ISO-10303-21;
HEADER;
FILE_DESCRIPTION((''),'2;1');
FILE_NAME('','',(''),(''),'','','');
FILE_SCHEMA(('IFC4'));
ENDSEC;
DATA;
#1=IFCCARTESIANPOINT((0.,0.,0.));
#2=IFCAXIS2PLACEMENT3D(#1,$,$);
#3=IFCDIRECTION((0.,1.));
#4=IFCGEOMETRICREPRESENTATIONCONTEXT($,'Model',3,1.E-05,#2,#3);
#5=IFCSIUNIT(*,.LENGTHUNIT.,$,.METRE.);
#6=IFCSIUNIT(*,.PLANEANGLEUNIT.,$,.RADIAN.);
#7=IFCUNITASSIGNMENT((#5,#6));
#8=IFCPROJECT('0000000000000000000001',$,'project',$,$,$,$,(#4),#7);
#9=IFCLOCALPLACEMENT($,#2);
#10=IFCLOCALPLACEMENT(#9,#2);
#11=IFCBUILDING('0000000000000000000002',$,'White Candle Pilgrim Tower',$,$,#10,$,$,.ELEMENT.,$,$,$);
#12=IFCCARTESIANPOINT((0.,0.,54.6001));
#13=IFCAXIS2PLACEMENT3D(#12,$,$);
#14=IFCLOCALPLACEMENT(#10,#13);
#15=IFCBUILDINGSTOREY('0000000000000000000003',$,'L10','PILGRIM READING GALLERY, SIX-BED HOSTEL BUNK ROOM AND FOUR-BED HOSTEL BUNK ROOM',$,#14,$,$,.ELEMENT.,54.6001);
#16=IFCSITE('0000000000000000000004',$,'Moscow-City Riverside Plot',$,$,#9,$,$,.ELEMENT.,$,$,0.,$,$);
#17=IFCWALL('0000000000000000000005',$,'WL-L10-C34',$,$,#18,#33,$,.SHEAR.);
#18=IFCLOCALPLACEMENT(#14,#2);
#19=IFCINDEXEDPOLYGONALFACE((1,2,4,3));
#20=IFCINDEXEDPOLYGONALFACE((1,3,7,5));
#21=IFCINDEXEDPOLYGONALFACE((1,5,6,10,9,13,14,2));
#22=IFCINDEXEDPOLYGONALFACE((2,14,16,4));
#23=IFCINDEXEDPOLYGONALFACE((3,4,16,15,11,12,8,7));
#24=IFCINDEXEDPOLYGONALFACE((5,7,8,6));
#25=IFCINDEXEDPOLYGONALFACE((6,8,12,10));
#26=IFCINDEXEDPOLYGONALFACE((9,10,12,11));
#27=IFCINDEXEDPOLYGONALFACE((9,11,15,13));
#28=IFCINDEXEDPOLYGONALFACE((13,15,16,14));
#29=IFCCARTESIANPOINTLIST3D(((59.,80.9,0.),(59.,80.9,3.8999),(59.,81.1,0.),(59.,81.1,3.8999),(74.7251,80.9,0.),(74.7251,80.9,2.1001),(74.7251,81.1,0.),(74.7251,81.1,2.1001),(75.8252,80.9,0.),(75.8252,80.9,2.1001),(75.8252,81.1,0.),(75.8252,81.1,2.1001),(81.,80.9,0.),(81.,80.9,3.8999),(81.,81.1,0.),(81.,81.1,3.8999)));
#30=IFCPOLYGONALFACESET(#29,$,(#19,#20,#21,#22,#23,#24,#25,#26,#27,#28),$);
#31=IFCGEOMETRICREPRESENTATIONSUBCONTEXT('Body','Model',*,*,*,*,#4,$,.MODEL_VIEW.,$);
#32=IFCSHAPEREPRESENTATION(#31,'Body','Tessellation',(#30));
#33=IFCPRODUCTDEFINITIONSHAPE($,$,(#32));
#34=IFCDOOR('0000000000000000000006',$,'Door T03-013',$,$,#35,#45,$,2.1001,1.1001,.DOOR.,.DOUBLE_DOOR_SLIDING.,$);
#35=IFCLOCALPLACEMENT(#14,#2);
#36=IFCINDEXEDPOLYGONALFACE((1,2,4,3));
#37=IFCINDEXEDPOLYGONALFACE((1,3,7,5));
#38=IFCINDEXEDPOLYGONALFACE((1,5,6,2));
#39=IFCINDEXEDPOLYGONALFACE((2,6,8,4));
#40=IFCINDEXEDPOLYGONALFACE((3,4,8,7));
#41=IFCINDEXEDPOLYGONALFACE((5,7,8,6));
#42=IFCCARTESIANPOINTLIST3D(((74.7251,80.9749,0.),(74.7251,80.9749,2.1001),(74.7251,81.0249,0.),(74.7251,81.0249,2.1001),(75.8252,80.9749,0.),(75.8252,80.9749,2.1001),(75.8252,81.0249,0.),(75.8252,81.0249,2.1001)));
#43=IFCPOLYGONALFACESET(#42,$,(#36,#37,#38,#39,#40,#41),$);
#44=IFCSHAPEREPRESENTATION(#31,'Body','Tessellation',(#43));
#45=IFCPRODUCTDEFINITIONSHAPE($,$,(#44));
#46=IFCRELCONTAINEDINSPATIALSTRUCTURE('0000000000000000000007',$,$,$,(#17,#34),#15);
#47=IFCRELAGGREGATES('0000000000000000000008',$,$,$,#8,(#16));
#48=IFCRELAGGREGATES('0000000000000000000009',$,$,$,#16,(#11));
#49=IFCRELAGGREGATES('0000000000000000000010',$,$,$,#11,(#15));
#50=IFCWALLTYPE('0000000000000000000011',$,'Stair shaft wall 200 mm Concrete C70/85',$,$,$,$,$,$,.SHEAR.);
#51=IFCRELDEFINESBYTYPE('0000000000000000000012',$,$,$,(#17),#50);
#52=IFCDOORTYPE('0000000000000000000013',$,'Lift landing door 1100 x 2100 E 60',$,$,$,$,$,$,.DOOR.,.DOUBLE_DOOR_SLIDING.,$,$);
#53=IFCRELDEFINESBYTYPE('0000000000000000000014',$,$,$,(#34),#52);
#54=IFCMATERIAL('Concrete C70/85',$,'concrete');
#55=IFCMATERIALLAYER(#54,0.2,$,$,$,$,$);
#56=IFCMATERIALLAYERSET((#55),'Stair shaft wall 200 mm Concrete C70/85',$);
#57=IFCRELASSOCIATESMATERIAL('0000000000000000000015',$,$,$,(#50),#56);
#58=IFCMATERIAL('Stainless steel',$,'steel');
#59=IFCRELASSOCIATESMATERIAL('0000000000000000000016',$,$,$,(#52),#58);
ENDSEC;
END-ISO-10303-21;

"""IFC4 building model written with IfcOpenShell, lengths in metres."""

from ifc_helpers import new_model, si_unit, direction, frame, frame_2d, origin, place, context, subcontext, project, spatial, rectangle, extrude, material, layer, layer_set, type_object, element, fill, save


model = new_model("IFC4")

# Units and contexts
model_context = context("Model", 3, precision=1e-05, world=origin(), true_north=direction((0.0, 1.0)))
body_context = subcontext(model_context, "Body", "Model", "MODEL_VIEW")
ifc_project = project(units=[si_unit("LENGTHUNIT", "METRE"), si_unit("PLANEANGLEUNIT", "RADIAN")], contexts=[model_context])

# Site, building, storey
site_placement = place(None, origin())
site = spatial("IfcSite", under=ifc_project, at=site_placement, Name="Moscow-City Riverside Plot", CompositionType="ELEMENT", RefElevation=0.0)
building_placement = place(site_placement, origin())
building = spatial("IfcBuilding", under=site, at=building_placement, Name="White Candle Pilgrim Tower", CompositionType="ELEMENT")
storey_placement = place(building_placement, frame((0.0, 0.0, 54.6001)))
storey = spatial("IfcBuildingStorey", under=building, at=storey_placement, Name="L10", Description="PILGRIM READING GALLERY, SIX-BED HOSTEL BUNK ROOM AND FOUR-BED HOSTEL BUNK ROOM", CompositionType="ELEMENT", Elevation=54.6001)

# Shared definitions
ifc_material_1 = material(Name="Concrete C70/85", Category="concrete")

# Wall, opening, door
ifc_layer_1 = layer(ifc_material_1, 0.2)
ifc_layer_set_1 = layer_set([ifc_layer_1], Name="Stair shaft wall 200 mm Concrete C70/85")
wall_type_1 = type_object("IfcWallType", Name="Stair shaft wall 200 mm Concrete C70/85", PredefinedType="SHEAR", material=ifc_layer_set_1)
wall_1_placement = place(storey_placement, frame((59.0, 81.0, 0.0), z_axis=(0.0, 0.0, 1.0), x_axis=(1.0, 0.0, 0.0)))
wall_1 = element("IfcWall", 1, at=wall_1_placement, inside=storey, type_object=wall_type_1, Name="WL-L10-C34", PredefinedType="SHEAR", context=body_context, shape_type="SweptSolid", body=[
    extrude(rectangle(XDim=22.0, YDim=0.2, at=frame_2d((11.0, 0.0))), origin(), (0.0, 0.0, 1.0), 3.8999),
])
opening_placement = place(wall_1_placement, frame((15.7251, 0.0, 0.0)))
opening = element("IfcOpeningElement", 2, at=opening_placement, cuts=wall_1, PredefinedType="OPENING", context=body_context, shape_type="SweptSolid", body=[
    extrude(rectangle(XDim=1.1001, YDim=2.1001, at=frame_2d((0.55, 1.05))), frame((0.0, 0.1099, 0.0), z_axis=(0.0, -1.0, 0.0), x_axis=(1.0, 0.0, 0.0)), (0.0, 0.0, 1.0), 0.22),
])
ifc_material_2 = material(Name="Stainless steel", Category="steel")
door_type = type_object("IfcDoorType", Name="Lift landing door 1100 x 2100 E 60", OperationType="DOUBLE_DOOR_SLIDING", PredefinedType="DOOR", material=ifc_material_2)
door_placement = place(opening_placement, origin())
door = element("IfcDoor", 3, at=door_placement, inside=storey, type_object=door_type, Name="Door T03-013", OperationType="DOUBLE_DOOR_SLIDING", OverallHeight=2.1001, OverallWidth=1.1001, PredefinedType="DOOR", context=body_context, shape_type="SweptSolid", body=[
    extrude(rectangle(XDim=1.1001, YDim=2.1001, at=frame_2d((0.55, 1.05))), frame((0.0, 0.0249, 0.0), z_axis=(0.0, -1.0, 0.0), x_axis=(1.0, 0.0, 0.0)), (0.0, 0.0, 1.0), 0.05),
])
fill(opening, door)

save(model, "model.ifc")
